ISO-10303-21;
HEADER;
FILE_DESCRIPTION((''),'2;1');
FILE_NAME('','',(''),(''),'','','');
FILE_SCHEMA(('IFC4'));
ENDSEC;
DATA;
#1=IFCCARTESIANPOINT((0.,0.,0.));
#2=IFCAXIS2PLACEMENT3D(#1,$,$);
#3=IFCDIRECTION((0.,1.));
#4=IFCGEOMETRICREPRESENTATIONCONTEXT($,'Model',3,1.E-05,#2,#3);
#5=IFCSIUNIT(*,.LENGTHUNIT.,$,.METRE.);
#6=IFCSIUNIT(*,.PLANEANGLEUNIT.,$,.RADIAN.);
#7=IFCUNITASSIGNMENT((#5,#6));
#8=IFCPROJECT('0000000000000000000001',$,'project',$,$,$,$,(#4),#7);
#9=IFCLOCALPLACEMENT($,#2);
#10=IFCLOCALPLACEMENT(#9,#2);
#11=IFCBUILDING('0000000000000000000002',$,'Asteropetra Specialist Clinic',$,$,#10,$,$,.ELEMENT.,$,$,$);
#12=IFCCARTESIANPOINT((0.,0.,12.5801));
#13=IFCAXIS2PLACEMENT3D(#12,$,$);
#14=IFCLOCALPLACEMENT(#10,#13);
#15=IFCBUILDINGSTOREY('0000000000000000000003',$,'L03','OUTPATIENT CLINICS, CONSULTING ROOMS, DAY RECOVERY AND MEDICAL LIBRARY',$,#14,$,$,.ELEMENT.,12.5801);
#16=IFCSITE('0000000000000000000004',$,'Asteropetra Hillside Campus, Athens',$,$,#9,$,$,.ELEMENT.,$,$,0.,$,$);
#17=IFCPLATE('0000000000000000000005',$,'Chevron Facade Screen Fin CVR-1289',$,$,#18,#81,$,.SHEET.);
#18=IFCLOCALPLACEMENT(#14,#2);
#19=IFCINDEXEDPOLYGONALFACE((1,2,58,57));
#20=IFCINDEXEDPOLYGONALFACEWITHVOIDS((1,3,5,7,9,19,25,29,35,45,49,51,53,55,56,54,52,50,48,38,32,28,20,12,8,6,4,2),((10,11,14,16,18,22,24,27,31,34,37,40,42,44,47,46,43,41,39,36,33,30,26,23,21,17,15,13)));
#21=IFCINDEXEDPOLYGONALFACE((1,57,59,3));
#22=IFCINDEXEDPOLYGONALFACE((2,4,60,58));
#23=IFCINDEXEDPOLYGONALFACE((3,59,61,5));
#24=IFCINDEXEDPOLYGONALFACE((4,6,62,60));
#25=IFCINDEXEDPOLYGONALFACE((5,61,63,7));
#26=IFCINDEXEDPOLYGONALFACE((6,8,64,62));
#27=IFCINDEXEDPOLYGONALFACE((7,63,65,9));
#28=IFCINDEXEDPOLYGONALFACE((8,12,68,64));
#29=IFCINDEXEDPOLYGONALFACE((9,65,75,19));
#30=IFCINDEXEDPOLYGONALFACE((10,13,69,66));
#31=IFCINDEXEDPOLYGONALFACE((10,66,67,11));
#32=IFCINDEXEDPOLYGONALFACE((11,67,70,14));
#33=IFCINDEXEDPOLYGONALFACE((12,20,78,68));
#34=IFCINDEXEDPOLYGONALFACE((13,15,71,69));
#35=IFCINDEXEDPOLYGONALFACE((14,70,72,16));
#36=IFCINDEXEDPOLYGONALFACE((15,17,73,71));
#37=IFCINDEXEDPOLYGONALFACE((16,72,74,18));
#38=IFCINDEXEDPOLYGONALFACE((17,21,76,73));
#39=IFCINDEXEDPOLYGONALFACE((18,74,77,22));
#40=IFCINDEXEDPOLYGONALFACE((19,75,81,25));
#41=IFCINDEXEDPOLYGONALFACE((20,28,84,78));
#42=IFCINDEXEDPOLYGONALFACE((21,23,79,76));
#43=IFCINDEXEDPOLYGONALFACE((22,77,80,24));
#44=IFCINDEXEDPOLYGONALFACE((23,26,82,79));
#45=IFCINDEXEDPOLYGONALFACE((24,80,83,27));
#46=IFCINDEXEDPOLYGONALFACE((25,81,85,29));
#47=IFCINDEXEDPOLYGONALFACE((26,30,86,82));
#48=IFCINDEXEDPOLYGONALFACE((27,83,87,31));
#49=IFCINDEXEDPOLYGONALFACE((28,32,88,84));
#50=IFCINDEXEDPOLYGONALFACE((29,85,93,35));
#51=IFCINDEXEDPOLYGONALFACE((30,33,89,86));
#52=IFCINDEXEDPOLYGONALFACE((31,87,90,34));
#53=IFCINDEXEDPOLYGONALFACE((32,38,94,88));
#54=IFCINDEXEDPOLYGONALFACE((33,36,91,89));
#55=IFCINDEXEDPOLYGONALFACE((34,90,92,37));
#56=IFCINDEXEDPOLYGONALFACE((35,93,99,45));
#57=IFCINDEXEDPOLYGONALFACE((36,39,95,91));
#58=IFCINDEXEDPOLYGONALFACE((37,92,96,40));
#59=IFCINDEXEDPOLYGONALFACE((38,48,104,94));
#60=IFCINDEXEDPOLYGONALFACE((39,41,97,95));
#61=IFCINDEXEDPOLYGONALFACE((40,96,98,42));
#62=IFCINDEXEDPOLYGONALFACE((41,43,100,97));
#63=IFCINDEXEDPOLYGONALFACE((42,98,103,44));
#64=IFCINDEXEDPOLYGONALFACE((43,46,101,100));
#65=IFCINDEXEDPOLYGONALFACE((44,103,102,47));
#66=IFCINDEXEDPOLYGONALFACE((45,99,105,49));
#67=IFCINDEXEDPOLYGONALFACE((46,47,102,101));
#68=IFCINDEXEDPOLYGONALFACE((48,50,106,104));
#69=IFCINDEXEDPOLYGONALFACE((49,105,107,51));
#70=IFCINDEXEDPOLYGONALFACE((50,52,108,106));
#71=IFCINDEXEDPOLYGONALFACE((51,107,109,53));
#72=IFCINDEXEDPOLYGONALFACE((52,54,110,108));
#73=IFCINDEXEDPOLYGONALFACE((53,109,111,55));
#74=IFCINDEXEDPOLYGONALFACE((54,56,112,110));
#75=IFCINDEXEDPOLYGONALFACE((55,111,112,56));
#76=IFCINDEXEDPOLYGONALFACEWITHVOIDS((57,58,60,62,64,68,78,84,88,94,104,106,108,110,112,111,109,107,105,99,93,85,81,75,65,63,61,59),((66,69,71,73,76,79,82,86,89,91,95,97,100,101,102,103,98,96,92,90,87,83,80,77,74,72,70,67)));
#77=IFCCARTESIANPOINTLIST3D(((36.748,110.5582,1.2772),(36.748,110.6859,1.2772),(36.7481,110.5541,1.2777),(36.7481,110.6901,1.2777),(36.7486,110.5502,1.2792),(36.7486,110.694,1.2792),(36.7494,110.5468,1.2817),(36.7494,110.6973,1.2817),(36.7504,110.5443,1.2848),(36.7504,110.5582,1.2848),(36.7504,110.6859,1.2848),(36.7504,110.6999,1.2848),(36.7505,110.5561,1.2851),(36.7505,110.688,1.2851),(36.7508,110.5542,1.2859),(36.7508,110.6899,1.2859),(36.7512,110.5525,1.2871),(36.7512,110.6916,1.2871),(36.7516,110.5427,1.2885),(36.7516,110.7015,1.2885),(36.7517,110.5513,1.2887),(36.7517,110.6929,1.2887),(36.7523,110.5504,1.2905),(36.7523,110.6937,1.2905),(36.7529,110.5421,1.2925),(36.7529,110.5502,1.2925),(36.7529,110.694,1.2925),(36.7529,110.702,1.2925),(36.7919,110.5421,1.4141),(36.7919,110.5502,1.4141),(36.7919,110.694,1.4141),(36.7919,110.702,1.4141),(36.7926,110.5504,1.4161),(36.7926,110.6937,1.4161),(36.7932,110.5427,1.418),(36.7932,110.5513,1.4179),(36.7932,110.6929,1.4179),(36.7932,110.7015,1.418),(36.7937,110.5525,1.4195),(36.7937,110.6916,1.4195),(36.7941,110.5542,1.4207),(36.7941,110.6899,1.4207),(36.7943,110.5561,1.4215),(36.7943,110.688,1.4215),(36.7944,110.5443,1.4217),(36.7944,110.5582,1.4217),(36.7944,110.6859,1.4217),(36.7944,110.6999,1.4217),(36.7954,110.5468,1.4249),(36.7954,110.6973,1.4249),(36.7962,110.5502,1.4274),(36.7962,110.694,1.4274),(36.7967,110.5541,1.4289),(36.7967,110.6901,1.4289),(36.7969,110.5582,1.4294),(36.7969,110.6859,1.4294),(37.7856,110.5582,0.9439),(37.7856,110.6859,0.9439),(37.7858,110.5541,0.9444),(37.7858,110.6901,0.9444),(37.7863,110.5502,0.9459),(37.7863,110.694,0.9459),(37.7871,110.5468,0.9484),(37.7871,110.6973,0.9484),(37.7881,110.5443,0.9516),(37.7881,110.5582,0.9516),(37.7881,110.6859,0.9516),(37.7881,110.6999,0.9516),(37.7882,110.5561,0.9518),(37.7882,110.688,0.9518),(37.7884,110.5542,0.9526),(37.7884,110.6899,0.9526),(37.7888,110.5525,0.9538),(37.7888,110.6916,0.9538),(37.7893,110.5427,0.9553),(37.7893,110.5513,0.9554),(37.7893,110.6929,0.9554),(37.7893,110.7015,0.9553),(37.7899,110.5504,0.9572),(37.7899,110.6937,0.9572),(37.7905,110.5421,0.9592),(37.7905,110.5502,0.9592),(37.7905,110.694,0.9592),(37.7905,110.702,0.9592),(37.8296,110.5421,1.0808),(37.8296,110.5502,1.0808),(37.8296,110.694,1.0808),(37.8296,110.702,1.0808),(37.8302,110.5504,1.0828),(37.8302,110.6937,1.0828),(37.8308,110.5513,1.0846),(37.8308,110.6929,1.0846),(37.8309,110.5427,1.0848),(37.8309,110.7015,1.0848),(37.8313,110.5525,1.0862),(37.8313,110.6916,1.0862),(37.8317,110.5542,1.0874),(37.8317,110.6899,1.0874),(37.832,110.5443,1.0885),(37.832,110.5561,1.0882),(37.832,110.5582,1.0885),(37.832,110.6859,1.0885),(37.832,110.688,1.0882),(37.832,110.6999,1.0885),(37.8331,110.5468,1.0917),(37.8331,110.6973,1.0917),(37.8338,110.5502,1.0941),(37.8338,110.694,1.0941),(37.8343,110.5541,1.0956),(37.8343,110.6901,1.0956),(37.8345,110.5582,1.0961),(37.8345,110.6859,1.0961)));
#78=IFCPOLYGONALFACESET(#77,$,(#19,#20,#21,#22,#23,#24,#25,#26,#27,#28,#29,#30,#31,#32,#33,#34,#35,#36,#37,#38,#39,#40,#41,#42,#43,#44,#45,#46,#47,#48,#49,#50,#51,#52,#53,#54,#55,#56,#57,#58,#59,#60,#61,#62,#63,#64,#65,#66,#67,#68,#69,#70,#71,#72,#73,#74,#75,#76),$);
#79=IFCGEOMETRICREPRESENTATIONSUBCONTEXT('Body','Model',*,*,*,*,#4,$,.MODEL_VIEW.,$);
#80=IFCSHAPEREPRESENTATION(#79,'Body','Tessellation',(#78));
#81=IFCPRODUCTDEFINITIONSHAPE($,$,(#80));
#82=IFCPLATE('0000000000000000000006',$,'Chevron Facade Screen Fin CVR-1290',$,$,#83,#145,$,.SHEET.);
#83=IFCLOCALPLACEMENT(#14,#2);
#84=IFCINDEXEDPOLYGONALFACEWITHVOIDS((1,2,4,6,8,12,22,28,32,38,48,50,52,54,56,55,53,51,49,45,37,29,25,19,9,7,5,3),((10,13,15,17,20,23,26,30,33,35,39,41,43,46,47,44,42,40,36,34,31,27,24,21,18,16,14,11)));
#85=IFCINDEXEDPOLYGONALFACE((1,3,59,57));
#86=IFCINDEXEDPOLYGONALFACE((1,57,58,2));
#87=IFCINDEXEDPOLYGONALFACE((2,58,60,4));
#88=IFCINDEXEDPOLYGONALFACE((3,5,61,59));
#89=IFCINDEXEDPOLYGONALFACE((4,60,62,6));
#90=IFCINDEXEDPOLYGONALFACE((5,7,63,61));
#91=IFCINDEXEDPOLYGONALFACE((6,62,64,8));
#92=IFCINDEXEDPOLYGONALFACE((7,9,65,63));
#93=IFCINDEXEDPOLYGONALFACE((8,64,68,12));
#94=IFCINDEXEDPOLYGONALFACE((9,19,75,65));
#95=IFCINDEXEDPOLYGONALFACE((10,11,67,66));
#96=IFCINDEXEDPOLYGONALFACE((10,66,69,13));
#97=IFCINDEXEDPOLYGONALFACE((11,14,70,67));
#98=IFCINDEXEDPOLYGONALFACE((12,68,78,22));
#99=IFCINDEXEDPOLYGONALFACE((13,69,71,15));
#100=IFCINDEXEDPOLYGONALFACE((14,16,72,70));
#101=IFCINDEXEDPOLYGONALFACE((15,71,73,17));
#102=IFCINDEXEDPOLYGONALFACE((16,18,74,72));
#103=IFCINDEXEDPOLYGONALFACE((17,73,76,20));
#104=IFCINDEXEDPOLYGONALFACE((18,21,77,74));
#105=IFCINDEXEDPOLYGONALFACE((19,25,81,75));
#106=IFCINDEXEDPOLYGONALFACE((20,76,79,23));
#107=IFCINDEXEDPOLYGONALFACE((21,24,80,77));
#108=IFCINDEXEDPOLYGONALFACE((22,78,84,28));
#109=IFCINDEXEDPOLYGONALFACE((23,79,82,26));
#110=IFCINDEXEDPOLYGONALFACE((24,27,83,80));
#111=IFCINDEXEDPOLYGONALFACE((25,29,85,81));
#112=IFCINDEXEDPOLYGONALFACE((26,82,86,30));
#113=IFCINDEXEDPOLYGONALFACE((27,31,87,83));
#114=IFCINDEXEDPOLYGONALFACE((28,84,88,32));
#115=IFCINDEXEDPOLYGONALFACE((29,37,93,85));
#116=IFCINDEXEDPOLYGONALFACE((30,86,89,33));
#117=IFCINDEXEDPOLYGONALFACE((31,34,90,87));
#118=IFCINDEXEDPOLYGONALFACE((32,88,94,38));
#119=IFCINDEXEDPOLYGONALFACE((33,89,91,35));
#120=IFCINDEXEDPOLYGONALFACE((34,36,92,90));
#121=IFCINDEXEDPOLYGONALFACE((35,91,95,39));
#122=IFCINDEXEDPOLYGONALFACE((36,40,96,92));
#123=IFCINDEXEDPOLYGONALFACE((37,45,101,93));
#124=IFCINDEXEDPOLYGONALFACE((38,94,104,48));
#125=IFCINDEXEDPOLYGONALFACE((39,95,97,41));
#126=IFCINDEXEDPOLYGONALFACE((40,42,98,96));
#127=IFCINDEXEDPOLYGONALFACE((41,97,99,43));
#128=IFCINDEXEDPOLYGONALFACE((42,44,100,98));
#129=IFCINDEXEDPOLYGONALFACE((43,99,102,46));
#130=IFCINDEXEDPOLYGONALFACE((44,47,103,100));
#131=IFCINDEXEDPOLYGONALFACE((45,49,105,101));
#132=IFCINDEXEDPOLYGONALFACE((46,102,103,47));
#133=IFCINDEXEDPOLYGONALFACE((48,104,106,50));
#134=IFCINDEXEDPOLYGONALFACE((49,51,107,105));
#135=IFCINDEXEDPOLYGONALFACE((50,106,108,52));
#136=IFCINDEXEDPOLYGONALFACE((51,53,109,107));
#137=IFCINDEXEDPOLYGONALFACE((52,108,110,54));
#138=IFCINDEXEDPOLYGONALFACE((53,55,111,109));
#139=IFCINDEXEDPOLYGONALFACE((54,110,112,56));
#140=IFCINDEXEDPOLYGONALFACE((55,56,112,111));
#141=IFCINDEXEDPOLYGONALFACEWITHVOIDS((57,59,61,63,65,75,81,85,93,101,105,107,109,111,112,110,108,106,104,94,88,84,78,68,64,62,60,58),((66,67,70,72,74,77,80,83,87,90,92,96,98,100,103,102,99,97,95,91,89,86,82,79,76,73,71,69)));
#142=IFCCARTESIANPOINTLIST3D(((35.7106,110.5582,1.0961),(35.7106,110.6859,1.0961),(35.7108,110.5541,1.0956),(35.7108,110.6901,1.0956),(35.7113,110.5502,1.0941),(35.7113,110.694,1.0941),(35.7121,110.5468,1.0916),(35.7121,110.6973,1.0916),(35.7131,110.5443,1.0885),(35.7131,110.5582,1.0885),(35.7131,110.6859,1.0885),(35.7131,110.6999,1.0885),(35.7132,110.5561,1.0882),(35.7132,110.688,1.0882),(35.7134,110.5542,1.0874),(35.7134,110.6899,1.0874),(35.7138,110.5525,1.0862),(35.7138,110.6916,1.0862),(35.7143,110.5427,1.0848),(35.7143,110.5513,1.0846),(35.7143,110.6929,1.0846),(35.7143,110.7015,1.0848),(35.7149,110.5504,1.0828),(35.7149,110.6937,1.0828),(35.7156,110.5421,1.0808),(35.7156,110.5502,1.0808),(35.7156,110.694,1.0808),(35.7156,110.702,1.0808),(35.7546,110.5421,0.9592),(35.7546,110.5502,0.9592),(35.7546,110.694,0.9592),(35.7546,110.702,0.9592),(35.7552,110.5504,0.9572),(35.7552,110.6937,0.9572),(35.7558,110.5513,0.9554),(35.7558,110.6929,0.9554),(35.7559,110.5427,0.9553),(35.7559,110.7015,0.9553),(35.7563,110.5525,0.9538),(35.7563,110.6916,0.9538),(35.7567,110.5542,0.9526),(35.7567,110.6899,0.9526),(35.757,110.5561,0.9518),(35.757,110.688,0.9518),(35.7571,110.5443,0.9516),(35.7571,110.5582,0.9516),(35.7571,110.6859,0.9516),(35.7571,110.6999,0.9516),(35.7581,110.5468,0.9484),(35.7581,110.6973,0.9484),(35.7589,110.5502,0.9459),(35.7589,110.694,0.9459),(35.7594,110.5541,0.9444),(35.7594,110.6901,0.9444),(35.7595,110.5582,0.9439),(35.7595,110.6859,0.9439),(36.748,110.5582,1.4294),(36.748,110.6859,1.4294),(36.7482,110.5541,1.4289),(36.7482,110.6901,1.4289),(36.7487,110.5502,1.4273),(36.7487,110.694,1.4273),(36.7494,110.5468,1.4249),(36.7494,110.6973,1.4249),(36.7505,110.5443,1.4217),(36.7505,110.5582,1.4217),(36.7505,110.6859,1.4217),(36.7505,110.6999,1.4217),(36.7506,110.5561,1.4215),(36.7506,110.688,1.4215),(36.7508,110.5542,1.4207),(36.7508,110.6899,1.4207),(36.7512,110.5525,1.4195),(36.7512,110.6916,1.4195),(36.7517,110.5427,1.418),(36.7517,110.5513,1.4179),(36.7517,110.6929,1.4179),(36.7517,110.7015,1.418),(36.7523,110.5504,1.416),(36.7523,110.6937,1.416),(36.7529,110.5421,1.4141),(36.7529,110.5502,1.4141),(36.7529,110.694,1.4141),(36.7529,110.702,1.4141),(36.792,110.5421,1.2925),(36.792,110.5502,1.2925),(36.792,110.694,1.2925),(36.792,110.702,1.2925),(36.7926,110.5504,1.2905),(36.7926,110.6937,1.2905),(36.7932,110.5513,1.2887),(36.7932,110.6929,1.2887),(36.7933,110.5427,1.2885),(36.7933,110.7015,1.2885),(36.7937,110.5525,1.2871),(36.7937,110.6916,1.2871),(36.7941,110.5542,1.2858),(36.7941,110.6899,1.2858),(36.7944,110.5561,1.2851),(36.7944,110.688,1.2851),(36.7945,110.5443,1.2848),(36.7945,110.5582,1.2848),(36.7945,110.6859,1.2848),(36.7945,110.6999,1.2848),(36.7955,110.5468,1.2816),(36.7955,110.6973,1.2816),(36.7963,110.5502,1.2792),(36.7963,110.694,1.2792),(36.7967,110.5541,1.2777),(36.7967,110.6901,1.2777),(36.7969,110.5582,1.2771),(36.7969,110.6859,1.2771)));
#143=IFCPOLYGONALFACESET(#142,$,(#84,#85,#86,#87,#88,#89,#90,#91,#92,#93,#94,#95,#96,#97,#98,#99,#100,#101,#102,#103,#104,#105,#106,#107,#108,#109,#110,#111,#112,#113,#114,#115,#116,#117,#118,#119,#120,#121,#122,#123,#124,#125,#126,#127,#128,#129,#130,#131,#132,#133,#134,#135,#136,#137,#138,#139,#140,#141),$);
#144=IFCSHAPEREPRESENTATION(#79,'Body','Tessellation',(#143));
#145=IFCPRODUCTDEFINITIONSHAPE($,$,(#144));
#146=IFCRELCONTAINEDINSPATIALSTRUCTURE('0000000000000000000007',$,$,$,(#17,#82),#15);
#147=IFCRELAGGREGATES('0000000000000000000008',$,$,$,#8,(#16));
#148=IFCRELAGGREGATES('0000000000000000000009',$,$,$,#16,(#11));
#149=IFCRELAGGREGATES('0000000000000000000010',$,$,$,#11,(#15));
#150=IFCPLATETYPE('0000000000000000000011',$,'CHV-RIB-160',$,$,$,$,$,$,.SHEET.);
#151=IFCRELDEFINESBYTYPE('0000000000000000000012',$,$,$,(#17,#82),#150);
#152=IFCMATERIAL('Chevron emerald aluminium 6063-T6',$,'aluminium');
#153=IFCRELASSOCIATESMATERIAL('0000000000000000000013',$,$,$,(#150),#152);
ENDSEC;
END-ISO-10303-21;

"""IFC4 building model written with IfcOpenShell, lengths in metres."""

from ifc_helpers import new_model, si_unit, direction, frame, origin, origin_2d, place, context, subcontext, project, spatial, hollow_rectangle, extrude, material, material_profile, profile_set, type_object, element, save


model = new_model("IFC4")

# Units and contexts
model_context = context("Model", 3, precision=1e-05, world=origin(), true_north=direction((0.0, 1.0)))
body_context = subcontext(model_context, "Body", "Model", "MODEL_VIEW")
ifc_project = project(units=[si_unit("LENGTHUNIT", "METRE"), si_unit("PLANEANGLEUNIT", "RADIAN")], contexts=[model_context])

# Site, building, storey
site_placement = place(None, origin())
site = spatial("IfcSite", under=ifc_project, at=site_placement, Name="Asteropetra Hillside Campus, Athens", CompositionType="ELEMENT", RefElevation=0.0)
building_placement = place(site_placement, origin())
building = spatial("IfcBuilding", under=site, at=building_placement, Name="Asteropetra Specialist Clinic", CompositionType="ELEMENT")
storey_placement = place(building_placement, frame((0.0, 0.0, 12.5801)))
storey = spatial("IfcBuildingStorey", under=building, at=storey_placement, Name="L03", Description="OUTPATIENT CLINICS, CONSULTING ROOMS, DAY RECOVERY AND MEDICAL LIBRARY", CompositionType="ELEMENT", Elevation=12.5801)

# Plates
ifc_material_1 = material(Name="Chevron emerald aluminium 6063-T6", Category="aluminium")
ifc_material_profile = material_profile(ifc_material_1, hollow_rectangle(XDim=0.1599, YDim=0.1599, WallThickness=0.0081, InnerFilletRadius=0.0081, OuterFilletRadius=0.0161, at=origin_2d()), Name="SHS 160x160x8.0")
ifc_profile_set = profile_set([ifc_material_profile], Name="Chevron emerald aluminium 6063-T6")
plate_type_1 = type_object("IfcPlateType", Name="CHV-RIB-160", PredefinedType="SHEET", material=ifc_profile_set)
plate_1_placement = place(storey_placement, frame((37.8101, 110.6221, 1.02), z_axis=(-0.952098, 0.0, 0.305792), x_axis=(0.0, -1.0, 0.0)))
element("IfcPlate", 1, at=plate_1_placement, inside=storey, type_object=plate_type_1, Name="Chevron Facade Screen Fin CVR-1289", PredefinedType="SHEET", context=body_context, shape_type="SweptSolid", body=[
    extrude(hollow_rectangle(XDim=0.1599, YDim=0.1599, WallThickness=0.0081, InnerFilletRadius=0.0081, OuterFilletRadius=0.0161, at=origin_2d()), origin(), (0.0, 0.0, 1.0), 1.0898),
])
plate_2_placement = place(storey_placement, frame((36.7725, 110.6221, 1.3533), z_axis=(-0.952078, 0.0, -0.305857), x_axis=(0.0, -1.0, 0.0)))
element("IfcPlate", 2, at=plate_2_placement, inside=storey, type_object=plate_type_1, Name="Chevron Facade Screen Fin CVR-1290", PredefinedType="SHEET", context=body_context, shape_type="SweptSolid", body=[
    extrude(hollow_rectangle(XDim=0.1599, YDim=0.1599, WallThickness=0.0081, InnerFilletRadius=0.0081, OuterFilletRadius=0.0161, at=origin_2d()), origin(), (0.0, 0.0, 1.0), 1.0896),
])

save(model, "model.ifc")
